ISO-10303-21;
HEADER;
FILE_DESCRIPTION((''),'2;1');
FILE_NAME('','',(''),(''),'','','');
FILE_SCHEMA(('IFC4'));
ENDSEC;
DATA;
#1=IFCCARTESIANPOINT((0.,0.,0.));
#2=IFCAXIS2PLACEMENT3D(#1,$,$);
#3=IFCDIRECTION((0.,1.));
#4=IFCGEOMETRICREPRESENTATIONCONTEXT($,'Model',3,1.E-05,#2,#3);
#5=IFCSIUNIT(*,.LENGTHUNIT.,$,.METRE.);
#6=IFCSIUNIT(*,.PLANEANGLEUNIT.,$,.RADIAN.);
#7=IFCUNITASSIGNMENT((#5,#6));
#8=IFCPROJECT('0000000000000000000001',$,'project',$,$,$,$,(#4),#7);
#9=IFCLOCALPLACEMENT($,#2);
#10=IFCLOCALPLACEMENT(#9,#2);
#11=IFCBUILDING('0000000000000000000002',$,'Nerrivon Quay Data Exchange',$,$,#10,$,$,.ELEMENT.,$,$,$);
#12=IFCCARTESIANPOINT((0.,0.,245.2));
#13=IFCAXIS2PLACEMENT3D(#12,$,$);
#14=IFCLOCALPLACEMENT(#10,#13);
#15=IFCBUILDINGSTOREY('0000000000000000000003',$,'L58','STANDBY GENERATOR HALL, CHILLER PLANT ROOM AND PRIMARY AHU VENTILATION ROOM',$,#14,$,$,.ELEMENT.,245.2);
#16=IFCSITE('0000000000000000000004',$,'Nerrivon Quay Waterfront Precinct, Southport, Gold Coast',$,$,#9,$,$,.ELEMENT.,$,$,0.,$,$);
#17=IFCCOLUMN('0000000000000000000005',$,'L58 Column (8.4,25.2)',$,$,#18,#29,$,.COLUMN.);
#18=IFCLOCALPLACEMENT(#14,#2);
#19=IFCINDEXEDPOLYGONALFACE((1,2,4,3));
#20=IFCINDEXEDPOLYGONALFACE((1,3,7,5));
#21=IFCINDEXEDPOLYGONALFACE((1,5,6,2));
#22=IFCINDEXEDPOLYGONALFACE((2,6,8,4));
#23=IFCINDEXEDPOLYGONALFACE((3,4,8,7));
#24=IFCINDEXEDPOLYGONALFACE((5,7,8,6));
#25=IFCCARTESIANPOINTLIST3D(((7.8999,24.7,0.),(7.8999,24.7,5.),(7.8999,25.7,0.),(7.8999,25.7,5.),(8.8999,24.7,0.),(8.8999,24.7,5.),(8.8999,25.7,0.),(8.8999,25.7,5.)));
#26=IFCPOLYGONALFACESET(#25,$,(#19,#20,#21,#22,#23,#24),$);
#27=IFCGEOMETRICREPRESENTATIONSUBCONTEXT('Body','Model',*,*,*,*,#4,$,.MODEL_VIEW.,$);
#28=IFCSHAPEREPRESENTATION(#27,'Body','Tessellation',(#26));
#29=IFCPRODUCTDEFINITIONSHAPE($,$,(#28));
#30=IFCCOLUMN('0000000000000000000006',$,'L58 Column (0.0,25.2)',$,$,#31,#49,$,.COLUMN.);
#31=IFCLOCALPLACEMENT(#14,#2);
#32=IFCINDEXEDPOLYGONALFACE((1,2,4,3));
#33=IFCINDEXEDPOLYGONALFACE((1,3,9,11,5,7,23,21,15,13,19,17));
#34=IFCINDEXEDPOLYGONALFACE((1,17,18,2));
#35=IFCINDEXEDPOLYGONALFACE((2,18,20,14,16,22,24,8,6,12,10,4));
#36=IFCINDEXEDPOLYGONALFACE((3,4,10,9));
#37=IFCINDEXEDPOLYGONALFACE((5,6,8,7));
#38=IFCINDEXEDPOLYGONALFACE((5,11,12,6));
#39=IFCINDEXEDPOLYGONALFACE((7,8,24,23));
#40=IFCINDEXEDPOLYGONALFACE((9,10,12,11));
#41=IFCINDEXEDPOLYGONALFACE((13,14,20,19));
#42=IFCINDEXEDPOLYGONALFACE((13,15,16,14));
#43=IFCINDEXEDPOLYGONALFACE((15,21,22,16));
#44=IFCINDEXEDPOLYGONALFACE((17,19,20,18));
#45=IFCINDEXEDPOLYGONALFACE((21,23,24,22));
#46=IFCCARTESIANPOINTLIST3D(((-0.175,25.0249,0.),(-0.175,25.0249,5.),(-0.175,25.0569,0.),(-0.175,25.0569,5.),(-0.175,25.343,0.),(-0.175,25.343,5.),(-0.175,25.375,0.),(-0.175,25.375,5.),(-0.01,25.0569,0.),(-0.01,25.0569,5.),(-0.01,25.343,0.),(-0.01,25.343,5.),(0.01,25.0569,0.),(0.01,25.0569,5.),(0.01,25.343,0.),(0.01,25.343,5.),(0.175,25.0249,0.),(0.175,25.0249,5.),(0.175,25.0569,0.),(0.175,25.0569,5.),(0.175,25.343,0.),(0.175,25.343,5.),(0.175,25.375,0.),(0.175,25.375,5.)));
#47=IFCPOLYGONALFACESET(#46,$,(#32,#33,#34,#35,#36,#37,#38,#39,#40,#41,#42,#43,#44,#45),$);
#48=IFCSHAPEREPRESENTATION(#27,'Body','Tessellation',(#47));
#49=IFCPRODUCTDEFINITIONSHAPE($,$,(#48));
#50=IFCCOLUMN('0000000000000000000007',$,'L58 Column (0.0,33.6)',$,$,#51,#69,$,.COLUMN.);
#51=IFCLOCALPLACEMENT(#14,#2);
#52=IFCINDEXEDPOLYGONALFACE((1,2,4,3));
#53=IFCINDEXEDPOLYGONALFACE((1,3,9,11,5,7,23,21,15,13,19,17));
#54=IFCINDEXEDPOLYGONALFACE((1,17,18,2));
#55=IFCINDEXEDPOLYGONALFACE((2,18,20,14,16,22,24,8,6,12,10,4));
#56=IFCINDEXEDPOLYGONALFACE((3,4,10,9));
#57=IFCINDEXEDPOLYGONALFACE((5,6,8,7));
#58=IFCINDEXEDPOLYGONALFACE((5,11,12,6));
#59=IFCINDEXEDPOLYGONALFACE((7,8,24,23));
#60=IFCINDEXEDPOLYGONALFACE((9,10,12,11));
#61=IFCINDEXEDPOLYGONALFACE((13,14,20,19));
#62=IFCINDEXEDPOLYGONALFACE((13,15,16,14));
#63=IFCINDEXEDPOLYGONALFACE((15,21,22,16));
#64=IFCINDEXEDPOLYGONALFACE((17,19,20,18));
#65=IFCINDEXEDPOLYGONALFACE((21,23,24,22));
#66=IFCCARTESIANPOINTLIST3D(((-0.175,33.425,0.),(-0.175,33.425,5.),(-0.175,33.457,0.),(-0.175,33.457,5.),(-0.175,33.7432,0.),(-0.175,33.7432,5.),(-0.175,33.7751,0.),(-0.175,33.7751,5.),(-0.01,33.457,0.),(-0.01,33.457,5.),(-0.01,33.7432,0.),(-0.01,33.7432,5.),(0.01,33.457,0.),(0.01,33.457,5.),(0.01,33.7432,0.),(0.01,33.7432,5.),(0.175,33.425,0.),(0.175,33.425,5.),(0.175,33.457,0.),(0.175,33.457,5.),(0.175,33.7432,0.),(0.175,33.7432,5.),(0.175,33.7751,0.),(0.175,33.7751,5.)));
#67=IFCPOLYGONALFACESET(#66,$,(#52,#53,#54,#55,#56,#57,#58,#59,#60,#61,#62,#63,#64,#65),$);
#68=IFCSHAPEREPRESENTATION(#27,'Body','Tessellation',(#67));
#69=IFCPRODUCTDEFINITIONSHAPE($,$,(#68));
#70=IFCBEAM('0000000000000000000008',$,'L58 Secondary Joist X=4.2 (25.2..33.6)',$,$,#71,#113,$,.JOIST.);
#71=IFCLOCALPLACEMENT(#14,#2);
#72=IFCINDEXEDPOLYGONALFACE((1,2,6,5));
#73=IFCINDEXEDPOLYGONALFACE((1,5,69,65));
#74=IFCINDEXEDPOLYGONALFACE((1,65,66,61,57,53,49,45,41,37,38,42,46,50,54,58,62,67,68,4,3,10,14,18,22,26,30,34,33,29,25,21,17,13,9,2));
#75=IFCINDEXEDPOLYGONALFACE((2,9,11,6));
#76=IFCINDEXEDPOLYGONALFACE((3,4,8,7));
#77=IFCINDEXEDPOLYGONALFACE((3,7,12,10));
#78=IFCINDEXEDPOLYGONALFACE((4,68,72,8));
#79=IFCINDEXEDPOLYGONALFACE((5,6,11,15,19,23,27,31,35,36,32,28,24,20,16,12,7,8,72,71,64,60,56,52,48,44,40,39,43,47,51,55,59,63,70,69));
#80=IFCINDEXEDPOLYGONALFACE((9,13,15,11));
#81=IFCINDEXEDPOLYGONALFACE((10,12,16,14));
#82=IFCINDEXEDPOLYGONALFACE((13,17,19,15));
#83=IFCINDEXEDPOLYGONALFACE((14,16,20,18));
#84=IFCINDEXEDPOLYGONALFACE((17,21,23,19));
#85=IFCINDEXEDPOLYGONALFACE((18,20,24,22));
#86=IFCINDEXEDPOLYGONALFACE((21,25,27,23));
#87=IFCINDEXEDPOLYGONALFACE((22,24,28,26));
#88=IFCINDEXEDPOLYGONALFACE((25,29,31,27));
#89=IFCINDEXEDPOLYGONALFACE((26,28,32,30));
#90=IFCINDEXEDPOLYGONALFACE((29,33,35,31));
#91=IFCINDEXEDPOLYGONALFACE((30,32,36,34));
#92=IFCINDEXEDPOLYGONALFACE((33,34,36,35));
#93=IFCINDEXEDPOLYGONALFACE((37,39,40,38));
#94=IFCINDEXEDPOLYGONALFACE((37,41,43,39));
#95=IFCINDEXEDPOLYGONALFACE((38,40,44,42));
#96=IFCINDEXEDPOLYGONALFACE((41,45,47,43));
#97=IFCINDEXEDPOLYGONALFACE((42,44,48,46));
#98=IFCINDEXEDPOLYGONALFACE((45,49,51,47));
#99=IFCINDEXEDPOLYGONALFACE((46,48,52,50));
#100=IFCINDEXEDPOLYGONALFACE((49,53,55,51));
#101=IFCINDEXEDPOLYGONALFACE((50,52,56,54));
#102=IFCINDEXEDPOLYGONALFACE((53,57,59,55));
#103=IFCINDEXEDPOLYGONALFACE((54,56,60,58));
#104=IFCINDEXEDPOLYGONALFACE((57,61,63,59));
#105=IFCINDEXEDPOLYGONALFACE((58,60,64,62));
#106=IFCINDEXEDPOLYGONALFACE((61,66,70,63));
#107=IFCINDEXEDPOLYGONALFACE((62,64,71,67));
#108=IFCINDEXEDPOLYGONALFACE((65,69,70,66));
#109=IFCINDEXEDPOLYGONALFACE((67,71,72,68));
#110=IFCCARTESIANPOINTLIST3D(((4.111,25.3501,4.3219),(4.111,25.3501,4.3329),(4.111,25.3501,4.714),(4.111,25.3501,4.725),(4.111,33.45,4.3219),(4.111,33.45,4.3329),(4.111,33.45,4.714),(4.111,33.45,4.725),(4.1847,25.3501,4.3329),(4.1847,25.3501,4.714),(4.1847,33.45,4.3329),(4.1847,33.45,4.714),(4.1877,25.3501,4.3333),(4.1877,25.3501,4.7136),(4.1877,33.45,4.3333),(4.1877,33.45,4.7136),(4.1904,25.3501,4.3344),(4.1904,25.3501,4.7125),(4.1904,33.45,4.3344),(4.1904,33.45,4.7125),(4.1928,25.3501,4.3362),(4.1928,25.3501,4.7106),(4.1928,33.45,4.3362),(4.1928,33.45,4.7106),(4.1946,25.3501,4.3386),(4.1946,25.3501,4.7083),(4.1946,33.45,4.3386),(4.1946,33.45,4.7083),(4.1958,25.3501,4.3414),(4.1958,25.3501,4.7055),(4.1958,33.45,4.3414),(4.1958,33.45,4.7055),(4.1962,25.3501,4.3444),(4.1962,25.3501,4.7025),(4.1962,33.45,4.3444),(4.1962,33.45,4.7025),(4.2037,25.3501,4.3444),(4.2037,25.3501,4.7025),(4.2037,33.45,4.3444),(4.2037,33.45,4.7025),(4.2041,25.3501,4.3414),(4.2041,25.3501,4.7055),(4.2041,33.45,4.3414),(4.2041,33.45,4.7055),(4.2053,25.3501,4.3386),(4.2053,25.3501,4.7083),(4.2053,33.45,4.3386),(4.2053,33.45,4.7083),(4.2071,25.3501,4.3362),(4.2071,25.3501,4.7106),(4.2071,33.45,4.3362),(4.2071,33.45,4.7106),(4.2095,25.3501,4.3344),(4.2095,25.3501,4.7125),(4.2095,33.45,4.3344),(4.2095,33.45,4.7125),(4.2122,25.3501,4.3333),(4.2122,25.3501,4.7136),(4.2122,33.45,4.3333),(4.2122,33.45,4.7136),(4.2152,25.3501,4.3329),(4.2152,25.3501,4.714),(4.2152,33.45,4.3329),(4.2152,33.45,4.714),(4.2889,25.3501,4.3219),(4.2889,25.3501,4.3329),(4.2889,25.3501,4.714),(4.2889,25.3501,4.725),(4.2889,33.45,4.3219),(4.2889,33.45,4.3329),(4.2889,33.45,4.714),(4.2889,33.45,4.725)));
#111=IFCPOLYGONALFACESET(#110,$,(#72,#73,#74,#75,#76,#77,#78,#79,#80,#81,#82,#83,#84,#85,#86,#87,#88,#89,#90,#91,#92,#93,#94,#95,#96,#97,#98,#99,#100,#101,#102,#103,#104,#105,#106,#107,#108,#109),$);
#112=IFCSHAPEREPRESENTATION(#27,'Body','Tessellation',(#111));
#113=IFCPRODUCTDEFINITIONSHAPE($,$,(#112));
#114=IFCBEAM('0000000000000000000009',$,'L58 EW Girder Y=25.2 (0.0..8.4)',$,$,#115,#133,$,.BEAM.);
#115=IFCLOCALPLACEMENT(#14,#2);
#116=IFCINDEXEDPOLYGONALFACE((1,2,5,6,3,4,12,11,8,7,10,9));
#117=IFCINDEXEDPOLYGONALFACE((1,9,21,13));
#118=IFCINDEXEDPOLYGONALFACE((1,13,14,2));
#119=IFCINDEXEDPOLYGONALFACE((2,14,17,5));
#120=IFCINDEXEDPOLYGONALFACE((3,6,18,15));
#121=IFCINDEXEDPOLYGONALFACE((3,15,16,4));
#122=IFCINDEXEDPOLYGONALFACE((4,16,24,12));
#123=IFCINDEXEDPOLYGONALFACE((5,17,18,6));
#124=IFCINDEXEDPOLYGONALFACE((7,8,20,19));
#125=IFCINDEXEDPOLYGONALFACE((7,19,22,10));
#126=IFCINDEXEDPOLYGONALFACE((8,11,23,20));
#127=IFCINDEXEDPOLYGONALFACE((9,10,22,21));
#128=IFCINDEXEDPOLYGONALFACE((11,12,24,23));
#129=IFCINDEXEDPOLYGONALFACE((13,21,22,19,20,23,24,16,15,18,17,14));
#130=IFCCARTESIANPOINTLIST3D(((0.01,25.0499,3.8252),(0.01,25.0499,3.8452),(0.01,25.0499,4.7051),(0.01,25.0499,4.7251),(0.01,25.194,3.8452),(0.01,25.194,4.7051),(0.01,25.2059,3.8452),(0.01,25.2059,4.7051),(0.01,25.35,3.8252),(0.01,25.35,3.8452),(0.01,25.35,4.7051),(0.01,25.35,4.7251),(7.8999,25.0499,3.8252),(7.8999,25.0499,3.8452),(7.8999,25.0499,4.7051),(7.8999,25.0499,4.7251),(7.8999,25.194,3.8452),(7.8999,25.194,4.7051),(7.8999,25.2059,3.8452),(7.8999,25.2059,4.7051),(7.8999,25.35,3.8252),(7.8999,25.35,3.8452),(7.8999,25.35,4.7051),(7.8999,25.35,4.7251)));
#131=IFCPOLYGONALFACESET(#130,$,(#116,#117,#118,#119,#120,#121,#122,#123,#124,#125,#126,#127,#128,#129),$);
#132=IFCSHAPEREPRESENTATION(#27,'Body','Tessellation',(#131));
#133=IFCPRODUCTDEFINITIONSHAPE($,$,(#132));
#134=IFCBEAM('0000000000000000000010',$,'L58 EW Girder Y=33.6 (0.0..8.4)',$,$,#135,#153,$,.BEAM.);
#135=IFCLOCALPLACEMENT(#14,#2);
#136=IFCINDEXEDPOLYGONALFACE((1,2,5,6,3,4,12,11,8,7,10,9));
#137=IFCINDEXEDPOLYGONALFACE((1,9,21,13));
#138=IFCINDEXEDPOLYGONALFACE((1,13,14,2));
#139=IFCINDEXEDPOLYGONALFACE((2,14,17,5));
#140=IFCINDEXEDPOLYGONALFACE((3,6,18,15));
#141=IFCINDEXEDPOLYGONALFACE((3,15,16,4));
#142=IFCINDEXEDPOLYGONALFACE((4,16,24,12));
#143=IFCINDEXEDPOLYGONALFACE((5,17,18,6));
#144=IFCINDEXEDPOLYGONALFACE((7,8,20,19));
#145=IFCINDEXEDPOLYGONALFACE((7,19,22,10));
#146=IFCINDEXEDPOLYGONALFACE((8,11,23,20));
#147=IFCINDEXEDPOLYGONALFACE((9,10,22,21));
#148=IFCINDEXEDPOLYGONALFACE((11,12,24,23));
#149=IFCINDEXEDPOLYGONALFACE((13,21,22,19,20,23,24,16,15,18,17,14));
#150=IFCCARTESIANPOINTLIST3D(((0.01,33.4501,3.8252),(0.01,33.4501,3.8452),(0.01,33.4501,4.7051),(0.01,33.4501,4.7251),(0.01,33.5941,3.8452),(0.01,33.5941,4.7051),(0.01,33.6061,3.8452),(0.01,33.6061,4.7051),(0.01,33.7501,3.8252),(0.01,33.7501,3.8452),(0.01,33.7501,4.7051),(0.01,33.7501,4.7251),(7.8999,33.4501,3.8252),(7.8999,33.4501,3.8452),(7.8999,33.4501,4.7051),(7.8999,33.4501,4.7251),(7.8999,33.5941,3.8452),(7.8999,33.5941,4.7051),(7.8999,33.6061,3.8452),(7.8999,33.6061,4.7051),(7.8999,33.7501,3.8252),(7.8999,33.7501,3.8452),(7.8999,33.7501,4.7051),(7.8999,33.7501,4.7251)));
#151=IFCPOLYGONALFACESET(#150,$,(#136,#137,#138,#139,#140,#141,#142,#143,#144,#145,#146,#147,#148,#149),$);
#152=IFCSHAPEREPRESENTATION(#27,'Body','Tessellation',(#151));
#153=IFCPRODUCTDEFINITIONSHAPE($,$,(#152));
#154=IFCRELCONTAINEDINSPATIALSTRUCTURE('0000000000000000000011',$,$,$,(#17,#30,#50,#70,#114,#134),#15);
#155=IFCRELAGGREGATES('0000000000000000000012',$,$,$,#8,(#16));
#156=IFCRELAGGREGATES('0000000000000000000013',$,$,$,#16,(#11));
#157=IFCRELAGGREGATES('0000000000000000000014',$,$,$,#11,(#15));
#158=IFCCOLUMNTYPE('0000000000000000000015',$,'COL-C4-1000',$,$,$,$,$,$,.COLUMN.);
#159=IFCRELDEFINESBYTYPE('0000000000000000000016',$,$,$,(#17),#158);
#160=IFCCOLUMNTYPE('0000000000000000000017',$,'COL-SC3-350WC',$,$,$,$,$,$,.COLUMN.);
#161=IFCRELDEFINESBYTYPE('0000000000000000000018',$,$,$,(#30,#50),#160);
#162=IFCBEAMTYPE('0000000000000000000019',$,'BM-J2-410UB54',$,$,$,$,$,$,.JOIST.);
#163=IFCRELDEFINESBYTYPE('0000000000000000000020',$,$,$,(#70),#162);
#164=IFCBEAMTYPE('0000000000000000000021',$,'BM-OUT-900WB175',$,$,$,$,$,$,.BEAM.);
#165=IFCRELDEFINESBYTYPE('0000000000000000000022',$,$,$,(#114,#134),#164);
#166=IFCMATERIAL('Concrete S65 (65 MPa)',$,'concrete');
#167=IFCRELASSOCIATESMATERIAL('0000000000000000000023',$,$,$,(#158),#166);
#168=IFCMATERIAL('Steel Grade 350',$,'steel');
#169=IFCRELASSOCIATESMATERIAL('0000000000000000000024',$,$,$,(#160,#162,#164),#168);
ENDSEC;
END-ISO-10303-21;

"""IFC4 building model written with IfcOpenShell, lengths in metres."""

from ifc_helpers import new_model, si_unit, direction, frame, origin, origin_2d, place, context, subcontext, project, spatial, rectangle, i_section, extrude, material, material_profile, profile_set, type_object, element, save


model = new_model("IFC4")

# Units and contexts
model_context = context("Model", 3, precision=1e-05, world=origin(), true_north=direction((0.0, 1.0)))
body_context = subcontext(model_context, "Body", "Model", "MODEL_VIEW")
ifc_project = project(units=[si_unit("LENGTHUNIT", "METRE"), si_unit("PLANEANGLEUNIT", "RADIAN")], contexts=[model_context])

# Site, building, storey
site_placement = place(None, origin())
site = spatial("IfcSite", under=ifc_project, at=site_placement, Name="Nerrivon Quay Waterfront Precinct, Southport, Gold Coast", CompositionType="ELEMENT", RefElevation=0.0)
building_placement = place(site_placement, origin())
building = spatial("IfcBuilding", under=site, at=building_placement, Name="Nerrivon Quay Data Exchange", CompositionType="ELEMENT")
storey_placement = place(building_placement, frame((0.0, 0.0, 245.2)))
storey = spatial("IfcBuildingStorey", under=building, at=storey_placement, Name="L58", Description="STANDBY GENERATOR HALL, CHILLER PLANT ROOM AND PRIMARY AHU VENTILATION ROOM", CompositionType="ELEMENT", Elevation=245.2)

# Columns
ifc_material_1 = material(Name="Concrete S65 (65 MPa)", Category="concrete")
ifc_material_profile_1 = material_profile(ifc_material_1, rectangle(XDim=1.0, YDim=1.0, at=origin_2d()), Name="RC-COL-1000x1000")
ifc_profile_set_1 = profile_set([ifc_material_profile_1], Name="Concrete S65 (65 MPa)")
column_type_1 = type_object("IfcColumnType", Name="COL-C4-1000", PredefinedType="COLUMN", material=ifc_profile_set_1)
column_placement = place(storey_placement, frame((8.3999, 25.2, 0.0), z_axis=(0.0, 0.0, 1.0), x_axis=(1.0, 0.0, 0.0)))
element("IfcColumn", 1, at=column_placement, inside=storey, type_object=column_type_1, Name="L58 Column (8.4,25.2)", PredefinedType="COLUMN", context=body_context, shape_type="SweptSolid", body=[
    extrude(rectangle(XDim=1.0, YDim=1.0, at=origin_2d()), origin(), (0.0, 0.0, 1.0), 5.0),
])
ifc_material_2 = material(Name="Steel Grade 350", Category="steel")
ifc_material_profile_2 = material_profile(ifc_material_2, i_section(OverallWidth=0.3501, OverallDepth=0.3501, WebThickness=0.02, FlangeThickness=0.032, at=origin_2d()), Name="350WC230")
ifc_profile_set_2 = profile_set([ifc_material_profile_2], Name="Steel Grade 350")
column_type_2 = type_object("IfcColumnType", Name="COL-SC3-350WC", PredefinedType="COLUMN", material=ifc_profile_set_2)
for number, where, z_axis, x_axis, name in (
    (2, (0.0, 25.2, 0.0), (0.0, 0.0, 1.0), (1.0, 0.0, 0.0), "L58 Column (0.0,25.2)"),
    (3, (0.0, 33.6001, 0.0), (0.0, 0.0, 1.0), (1.0, 0.0, 0.0), "L58 Column (0.0,33.6)"),
):
    element("IfcColumn", number, at=place(storey_placement, frame(where, z_axis=z_axis, x_axis=x_axis)), inside=storey, type_object=column_type_2, Name=name, PredefinedType="COLUMN", context=body_context, shape_type="SweptSolid", body=[
        extrude(i_section(OverallWidth=0.3501, OverallDepth=0.3501, WebThickness=0.02, FlangeThickness=0.032, at=origin_2d()), origin(), (0.0, 0.0, 1.0), 5.0),
    ])

# Beams
ifc_material_profile_3 = material_profile(ifc_material_2, i_section(OverallWidth=0.178, OverallDepth=0.4031, WebThickness=0.0076, FlangeThickness=0.011, FilletRadius=0.0115, at=origin_2d()), Name="410UB53.7")
ifc_profile_set_3 = profile_set([ifc_material_profile_3], Name="Steel Grade 350")
beam_type_1 = type_object("IfcBeamType", Name="BM-J2-410UB54", PredefinedType="JOIST", material=ifc_profile_set_3)
beam_1_placement = place(storey_placement, frame((4.2, 25.3501, 4.5234), z_axis=(0.0, 1.0, 0.0), x_axis=(-1.0, 0.0, 0.0)))
element("IfcBeam", 4, at=beam_1_placement, inside=storey, type_object=beam_type_1, Name="L58 Secondary Joist X=4.2 (25.2..33.6)", PredefinedType="JOIST", context=body_context, shape_type="SweptSolid", body=[
    extrude(i_section(OverallWidth=0.178, OverallDepth=0.4031, WebThickness=0.0076, FlangeThickness=0.011, FilletRadius=0.0115, at=origin_2d()), origin(), (0.0, 0.0, 1.0), 8.0999),
])
ifc_material_profile_4 = material_profile(ifc_material_2, i_section(OverallWidth=0.3, OverallDepth=0.8999, WebThickness=0.012, FlangeThickness=0.02, at=origin_2d()), Name="900WB175")
ifc_profile_set_4 = profile_set([ifc_material_profile_4], Name="Steel Grade 350")
beam_type_2 = type_object("IfcBeamType", Name="BM-OUT-900WB175", PredefinedType="BEAM", material=ifc_profile_set_4)
for number, where, z_axis, x_axis, name in (
    (5, (0.01, 25.2, 4.2751), (1.0, 0.0, 0.0), (0.0, 1.0, 0.0), "L58 EW Girder Y=25.2 (0.0..8.4)"),
    (6, (0.01, 33.6001, 4.2751), (1.0, 0.0, 0.0), (0.0, 1.0, 0.0), "L58 EW Girder Y=33.6 (0.0..8.4)"),
):
    element("IfcBeam", number, at=place(storey_placement, frame(where, z_axis=z_axis, x_axis=x_axis)), inside=storey, type_object=beam_type_2, Name=name, PredefinedType="BEAM", context=body_context, shape_type="SweptSolid", body=[
        extrude(i_section(OverallWidth=0.3, OverallDepth=0.8999, WebThickness=0.012, FlangeThickness=0.02, at=origin_2d()), origin(), (0.0, 0.0, 1.0), 7.8899),
    ])

save(model, "model.ifc")
